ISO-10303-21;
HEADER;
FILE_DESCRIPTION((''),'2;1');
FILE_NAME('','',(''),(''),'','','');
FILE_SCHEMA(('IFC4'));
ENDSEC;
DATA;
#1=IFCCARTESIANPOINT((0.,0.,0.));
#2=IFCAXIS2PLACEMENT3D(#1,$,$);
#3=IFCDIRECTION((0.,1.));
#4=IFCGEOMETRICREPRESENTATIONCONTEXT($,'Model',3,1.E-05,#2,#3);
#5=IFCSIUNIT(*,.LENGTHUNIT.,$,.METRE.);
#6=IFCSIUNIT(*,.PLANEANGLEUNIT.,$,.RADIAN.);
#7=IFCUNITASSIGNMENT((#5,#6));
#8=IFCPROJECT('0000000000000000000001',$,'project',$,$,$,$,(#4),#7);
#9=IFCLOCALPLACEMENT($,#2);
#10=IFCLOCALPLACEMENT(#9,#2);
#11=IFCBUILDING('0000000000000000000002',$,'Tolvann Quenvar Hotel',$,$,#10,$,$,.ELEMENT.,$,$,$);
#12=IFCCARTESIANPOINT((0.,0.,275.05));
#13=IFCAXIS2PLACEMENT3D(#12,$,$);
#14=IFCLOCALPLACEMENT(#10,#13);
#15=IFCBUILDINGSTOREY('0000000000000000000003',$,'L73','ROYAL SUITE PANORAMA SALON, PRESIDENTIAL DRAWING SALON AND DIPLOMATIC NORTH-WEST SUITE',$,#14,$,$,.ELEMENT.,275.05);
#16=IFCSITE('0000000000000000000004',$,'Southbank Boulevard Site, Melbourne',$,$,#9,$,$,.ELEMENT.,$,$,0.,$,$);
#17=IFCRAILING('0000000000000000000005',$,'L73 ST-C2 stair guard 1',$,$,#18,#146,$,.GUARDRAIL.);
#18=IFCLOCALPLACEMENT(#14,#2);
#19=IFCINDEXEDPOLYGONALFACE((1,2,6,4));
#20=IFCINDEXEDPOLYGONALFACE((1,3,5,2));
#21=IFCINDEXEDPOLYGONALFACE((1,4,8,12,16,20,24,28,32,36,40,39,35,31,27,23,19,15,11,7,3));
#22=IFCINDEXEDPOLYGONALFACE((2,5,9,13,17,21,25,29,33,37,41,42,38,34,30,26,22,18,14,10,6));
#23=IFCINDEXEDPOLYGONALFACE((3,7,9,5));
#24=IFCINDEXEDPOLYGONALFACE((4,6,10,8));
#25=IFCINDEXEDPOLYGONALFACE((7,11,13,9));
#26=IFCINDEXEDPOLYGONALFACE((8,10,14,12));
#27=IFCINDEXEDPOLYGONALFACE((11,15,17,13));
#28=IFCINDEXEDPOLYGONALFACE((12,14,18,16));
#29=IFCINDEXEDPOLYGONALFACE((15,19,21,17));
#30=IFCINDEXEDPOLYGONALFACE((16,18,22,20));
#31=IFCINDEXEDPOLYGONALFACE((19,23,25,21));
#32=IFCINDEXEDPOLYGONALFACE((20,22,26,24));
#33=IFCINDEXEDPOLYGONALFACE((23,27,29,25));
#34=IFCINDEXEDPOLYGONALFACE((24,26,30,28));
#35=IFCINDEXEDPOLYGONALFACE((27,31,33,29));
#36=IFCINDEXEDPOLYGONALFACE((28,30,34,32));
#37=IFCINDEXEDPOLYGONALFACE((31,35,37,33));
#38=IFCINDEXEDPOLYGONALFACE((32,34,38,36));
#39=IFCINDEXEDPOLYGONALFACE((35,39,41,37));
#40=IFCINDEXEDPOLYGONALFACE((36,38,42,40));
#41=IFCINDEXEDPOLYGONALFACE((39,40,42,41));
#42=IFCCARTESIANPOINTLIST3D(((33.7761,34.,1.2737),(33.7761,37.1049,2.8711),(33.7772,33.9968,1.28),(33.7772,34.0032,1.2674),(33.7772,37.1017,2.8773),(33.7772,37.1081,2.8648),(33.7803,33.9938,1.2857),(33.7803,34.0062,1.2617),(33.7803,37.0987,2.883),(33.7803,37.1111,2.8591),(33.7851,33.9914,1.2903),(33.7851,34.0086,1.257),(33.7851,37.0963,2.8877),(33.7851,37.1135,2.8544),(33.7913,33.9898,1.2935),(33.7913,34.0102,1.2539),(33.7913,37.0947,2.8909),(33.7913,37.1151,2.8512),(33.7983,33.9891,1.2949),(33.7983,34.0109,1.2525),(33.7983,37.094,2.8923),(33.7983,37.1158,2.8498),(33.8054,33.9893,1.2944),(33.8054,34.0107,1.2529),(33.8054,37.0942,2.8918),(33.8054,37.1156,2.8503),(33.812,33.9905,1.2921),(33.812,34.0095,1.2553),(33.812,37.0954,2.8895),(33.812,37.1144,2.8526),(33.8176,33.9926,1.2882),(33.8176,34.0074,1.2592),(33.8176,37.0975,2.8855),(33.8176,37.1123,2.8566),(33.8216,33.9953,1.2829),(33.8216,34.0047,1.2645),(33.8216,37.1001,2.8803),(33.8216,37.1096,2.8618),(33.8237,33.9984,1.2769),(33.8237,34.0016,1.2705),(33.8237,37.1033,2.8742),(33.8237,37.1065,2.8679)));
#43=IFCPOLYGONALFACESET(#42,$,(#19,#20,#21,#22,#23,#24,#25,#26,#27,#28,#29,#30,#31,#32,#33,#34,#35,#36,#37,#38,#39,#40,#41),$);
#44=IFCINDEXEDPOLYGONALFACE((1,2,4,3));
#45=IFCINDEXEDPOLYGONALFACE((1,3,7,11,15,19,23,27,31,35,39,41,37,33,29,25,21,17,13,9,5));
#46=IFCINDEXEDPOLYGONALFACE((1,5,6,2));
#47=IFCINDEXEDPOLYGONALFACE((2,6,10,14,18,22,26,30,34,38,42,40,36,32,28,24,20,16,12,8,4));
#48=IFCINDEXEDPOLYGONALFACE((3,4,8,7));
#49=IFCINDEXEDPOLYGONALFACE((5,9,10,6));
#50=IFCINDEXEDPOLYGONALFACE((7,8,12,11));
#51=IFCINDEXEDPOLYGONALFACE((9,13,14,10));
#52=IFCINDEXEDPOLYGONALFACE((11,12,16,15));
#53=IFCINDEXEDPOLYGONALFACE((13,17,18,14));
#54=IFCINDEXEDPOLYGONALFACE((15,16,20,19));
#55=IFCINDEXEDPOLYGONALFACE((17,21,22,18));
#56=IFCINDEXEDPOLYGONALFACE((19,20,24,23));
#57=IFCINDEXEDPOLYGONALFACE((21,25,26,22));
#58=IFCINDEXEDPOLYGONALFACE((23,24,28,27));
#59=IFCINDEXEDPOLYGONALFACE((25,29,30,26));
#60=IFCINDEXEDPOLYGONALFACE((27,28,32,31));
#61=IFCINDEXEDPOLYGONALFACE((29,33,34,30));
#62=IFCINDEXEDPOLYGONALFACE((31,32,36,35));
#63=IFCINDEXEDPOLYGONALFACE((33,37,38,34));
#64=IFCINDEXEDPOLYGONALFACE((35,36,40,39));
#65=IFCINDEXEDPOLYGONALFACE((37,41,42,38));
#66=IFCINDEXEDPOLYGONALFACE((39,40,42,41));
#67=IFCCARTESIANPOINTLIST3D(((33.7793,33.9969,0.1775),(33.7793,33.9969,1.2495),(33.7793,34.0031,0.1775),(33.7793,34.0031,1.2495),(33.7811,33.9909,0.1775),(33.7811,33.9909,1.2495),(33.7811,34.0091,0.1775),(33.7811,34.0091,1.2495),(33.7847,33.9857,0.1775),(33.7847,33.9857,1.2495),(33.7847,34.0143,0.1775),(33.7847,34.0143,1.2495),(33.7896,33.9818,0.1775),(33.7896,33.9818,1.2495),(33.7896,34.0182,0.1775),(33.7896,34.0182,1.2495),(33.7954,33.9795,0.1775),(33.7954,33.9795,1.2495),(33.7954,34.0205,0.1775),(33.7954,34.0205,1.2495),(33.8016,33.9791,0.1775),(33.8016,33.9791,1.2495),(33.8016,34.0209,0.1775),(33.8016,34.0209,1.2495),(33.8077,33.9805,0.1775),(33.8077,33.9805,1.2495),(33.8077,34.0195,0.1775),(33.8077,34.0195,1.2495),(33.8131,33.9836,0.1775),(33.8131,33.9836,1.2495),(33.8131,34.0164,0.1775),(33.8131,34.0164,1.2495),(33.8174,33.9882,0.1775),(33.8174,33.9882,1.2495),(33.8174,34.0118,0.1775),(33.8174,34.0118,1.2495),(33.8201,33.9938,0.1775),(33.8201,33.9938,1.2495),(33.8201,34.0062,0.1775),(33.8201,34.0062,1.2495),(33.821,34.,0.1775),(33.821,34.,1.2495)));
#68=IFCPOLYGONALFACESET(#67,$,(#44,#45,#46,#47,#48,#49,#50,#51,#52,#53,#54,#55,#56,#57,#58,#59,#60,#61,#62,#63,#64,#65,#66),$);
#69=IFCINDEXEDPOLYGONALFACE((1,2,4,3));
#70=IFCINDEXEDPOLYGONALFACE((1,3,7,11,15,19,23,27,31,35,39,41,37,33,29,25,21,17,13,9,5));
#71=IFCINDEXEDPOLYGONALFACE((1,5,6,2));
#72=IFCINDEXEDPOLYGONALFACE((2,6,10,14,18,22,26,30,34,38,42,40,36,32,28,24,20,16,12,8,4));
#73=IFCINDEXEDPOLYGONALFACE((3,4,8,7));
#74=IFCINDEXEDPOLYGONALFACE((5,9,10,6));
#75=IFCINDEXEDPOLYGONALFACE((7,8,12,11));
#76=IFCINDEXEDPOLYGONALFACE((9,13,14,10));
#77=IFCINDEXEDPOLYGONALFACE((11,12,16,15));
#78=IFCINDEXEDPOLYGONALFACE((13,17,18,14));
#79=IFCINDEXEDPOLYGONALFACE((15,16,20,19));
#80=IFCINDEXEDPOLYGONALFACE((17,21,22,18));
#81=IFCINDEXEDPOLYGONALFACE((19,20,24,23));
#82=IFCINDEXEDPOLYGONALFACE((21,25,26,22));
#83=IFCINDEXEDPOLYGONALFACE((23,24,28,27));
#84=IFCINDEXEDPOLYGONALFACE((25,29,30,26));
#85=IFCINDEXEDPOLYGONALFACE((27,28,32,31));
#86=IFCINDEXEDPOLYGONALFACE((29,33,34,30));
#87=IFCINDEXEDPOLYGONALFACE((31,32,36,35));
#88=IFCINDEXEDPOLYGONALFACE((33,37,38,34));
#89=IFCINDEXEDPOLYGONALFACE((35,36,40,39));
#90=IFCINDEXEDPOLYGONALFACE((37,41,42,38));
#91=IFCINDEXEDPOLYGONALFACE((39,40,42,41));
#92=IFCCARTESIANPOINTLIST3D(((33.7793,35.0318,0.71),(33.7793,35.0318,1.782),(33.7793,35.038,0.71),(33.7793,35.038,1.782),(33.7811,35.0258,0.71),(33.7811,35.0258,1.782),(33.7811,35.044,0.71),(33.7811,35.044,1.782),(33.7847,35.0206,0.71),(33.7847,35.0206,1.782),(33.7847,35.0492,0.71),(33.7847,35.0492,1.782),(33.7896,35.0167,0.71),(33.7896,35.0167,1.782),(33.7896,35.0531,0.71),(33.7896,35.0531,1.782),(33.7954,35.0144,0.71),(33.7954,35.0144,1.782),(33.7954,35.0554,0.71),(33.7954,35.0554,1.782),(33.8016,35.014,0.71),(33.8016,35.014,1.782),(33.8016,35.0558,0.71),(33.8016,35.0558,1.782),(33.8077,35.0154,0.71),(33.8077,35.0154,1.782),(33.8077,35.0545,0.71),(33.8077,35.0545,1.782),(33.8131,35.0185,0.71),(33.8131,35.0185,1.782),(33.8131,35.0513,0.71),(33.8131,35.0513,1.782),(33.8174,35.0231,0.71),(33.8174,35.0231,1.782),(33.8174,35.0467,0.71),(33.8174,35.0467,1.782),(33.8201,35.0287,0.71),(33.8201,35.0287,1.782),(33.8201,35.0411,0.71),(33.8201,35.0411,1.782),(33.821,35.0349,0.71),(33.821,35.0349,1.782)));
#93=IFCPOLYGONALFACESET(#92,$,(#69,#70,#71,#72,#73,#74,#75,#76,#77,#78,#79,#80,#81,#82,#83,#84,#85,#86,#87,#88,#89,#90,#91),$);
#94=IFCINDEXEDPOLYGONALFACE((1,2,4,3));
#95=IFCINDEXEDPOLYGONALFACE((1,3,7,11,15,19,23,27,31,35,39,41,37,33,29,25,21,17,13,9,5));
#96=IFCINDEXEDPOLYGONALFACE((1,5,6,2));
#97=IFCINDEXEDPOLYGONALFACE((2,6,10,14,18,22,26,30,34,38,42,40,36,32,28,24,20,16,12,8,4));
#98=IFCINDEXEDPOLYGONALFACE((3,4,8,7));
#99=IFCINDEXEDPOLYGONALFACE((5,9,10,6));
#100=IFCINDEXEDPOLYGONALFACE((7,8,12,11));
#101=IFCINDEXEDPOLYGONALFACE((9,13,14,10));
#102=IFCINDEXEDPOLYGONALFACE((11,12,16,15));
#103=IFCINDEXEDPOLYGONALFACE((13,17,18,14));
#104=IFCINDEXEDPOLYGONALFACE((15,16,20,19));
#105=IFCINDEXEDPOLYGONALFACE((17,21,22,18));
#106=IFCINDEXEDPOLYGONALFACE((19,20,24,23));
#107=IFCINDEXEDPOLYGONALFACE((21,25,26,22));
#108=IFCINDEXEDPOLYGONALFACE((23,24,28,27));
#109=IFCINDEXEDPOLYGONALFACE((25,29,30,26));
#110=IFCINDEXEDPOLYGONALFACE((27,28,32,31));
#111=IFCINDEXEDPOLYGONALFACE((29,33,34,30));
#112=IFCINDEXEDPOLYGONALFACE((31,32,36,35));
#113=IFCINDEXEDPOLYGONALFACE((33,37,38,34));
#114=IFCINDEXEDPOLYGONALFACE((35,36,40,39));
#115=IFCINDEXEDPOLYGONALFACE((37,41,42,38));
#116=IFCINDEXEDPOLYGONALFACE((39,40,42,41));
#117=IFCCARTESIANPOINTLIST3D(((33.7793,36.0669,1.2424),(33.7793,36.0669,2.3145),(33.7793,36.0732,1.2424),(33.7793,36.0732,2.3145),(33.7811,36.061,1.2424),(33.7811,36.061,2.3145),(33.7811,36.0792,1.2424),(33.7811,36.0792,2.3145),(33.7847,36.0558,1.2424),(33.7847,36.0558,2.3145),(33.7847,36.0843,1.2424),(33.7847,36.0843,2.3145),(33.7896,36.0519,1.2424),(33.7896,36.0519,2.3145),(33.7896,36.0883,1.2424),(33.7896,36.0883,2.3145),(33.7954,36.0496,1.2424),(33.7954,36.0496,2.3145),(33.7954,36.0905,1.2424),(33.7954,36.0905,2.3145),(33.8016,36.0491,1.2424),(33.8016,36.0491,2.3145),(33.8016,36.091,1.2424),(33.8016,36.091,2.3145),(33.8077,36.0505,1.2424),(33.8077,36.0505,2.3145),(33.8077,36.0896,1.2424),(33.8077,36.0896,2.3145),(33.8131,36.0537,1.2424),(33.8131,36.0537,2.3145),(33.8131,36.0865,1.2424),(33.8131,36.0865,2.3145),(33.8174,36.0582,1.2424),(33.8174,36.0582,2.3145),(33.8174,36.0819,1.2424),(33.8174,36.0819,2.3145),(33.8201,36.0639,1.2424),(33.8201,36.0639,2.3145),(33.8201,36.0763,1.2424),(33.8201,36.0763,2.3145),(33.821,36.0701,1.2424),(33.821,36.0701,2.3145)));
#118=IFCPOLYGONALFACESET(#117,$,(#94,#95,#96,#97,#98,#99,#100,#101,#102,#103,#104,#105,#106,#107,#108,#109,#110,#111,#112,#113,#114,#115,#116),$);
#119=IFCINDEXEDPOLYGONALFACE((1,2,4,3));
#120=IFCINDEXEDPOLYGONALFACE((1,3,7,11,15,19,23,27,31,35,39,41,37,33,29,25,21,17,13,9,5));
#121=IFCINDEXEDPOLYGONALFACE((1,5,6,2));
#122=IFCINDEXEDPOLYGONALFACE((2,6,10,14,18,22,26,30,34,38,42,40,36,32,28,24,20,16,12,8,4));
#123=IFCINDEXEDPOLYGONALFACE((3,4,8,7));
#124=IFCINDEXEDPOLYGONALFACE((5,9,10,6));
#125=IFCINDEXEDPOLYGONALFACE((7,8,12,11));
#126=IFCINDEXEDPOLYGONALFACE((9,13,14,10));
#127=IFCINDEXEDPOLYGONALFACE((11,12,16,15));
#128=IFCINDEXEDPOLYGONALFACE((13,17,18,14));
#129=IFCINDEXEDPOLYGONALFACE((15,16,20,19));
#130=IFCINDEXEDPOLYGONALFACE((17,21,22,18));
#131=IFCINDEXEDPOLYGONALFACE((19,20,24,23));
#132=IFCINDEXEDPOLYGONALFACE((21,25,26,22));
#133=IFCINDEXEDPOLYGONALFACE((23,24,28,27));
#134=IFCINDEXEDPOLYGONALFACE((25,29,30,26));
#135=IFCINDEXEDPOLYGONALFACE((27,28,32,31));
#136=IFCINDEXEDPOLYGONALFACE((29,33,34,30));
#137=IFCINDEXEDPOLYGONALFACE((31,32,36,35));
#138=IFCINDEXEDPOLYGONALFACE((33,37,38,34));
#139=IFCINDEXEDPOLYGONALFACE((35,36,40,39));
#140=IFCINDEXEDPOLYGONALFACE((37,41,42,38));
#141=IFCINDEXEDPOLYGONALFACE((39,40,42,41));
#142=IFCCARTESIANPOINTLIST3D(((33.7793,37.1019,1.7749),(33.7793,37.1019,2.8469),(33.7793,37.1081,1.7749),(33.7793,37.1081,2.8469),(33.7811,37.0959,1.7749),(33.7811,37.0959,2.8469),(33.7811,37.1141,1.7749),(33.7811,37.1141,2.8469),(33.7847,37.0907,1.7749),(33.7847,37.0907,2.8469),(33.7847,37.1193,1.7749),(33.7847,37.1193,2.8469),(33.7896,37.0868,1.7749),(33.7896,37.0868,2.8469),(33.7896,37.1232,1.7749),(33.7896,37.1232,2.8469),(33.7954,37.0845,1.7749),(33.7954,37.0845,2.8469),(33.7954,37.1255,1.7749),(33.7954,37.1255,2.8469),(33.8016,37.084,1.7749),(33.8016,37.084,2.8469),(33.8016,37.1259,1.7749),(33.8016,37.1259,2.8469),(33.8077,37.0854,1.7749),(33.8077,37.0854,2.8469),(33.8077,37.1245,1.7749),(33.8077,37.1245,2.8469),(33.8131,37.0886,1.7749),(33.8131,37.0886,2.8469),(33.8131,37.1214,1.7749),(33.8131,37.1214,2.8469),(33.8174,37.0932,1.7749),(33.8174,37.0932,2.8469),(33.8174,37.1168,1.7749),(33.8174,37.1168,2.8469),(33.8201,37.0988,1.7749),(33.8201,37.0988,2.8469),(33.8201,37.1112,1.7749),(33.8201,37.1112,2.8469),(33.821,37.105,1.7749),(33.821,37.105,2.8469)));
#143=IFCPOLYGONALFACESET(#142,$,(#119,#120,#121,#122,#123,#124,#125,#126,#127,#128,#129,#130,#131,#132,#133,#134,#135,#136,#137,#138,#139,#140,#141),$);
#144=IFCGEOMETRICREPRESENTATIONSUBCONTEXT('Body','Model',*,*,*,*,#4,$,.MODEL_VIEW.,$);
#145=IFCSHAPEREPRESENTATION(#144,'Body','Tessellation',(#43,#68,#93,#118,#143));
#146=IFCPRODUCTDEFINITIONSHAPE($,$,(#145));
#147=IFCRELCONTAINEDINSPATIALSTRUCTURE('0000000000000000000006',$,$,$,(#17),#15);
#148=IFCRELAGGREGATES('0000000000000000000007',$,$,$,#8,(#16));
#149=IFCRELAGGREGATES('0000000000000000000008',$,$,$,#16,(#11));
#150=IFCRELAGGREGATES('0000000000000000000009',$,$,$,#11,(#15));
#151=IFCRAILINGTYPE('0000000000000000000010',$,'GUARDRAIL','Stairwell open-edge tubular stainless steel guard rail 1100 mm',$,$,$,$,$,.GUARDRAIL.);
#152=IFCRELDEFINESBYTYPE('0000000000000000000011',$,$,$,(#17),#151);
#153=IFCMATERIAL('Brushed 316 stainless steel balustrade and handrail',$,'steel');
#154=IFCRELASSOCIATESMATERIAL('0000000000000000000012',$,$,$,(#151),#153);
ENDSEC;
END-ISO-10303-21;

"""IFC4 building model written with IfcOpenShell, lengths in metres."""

from ifc_helpers import new_model, si_unit, direction, frame, origin, origin_2d, place, context, subcontext, project, spatial, circle, extrude, material, type_object, element, save


model = new_model("IFC4")

# Units and contexts
model_context = context("Model", 3, precision=1e-05, world=origin(), true_north=direction((0.0, 1.0)))
body_context = subcontext(model_context, "Body", "Model", "MODEL_VIEW")
ifc_project = project(units=[si_unit("LENGTHUNIT", "METRE"), si_unit("PLANEANGLEUNIT", "RADIAN")], contexts=[model_context])

# Site, building, storey
site_placement = place(None, origin())
site = spatial("IfcSite", under=ifc_project, at=site_placement, Name="Southbank Boulevard Site, Melbourne", CompositionType="ELEMENT", RefElevation=0.0)
building_placement = place(site_placement, origin())
building = spatial("IfcBuilding", under=site, at=building_placement, Name="Tolvann Quenvar Hotel", CompositionType="ELEMENT")
storey_placement = place(building_placement, frame((0.0, 0.0, 275.05)))
storey = spatial("IfcBuildingStorey", under=building, at=storey_placement, Name="L73", Description="ROYAL SUITE PANORAMA SALON, PRESIDENTIAL DRAWING SALON AND DIPLOMATIC NORTH-WEST SUITE", CompositionType="ELEMENT", Elevation=275.05)

# Railing
ifc_material_1 = material(Name="Brushed 316 stainless steel balustrade and handrail", Category="steel")
railing_type_1 = type_object("IfcRailingType", Name="GUARDRAIL", Description="Stairwell open-edge tubular stainless steel guard rail 1100 mm", PredefinedType="GUARDRAIL", material=ifc_material_1)
railing_1_placement = place(storey_placement, frame((33.8, 34.0, 0.1775)))
element("IfcRailing", 1, at=railing_1_placement, inside=storey, type_object=railing_type_1, Name="L73 ST-C2 stair guard 1", PredefinedType="GUARDRAIL", context=body_context, shape_type="SweptSolid", body=[
    extrude(circle(Radius=0.0239, at=origin_2d()), frame((0.0, 0.0, 1.0962), z_axis=(0.0, 0.889222, 0.457476), x_axis=(-1.0, 0.0, 0.0)), (0.0, 0.0, 1.0), 3.4917),
    extrude(circle(Radius=0.021, at=origin_2d()), origin(), (0.0, 0.0, 1.0), 1.072),
    extrude(circle(Radius=0.021, at=origin_2d()), frame((0.0, 1.0349, 0.5325)), (0.0, 0.0, 1.0), 1.072),
    extrude(circle(Radius=0.021, at=origin_2d()), frame((0.0, 2.0701, 1.0649)), (0.0, 0.0, 1.0), 1.072),
    extrude(circle(Radius=0.021, at=origin_2d()), frame((0.0, 3.105, 1.5974)), (0.0, 0.0, 1.0), 1.072),
])

save(model, "model.ifc")
